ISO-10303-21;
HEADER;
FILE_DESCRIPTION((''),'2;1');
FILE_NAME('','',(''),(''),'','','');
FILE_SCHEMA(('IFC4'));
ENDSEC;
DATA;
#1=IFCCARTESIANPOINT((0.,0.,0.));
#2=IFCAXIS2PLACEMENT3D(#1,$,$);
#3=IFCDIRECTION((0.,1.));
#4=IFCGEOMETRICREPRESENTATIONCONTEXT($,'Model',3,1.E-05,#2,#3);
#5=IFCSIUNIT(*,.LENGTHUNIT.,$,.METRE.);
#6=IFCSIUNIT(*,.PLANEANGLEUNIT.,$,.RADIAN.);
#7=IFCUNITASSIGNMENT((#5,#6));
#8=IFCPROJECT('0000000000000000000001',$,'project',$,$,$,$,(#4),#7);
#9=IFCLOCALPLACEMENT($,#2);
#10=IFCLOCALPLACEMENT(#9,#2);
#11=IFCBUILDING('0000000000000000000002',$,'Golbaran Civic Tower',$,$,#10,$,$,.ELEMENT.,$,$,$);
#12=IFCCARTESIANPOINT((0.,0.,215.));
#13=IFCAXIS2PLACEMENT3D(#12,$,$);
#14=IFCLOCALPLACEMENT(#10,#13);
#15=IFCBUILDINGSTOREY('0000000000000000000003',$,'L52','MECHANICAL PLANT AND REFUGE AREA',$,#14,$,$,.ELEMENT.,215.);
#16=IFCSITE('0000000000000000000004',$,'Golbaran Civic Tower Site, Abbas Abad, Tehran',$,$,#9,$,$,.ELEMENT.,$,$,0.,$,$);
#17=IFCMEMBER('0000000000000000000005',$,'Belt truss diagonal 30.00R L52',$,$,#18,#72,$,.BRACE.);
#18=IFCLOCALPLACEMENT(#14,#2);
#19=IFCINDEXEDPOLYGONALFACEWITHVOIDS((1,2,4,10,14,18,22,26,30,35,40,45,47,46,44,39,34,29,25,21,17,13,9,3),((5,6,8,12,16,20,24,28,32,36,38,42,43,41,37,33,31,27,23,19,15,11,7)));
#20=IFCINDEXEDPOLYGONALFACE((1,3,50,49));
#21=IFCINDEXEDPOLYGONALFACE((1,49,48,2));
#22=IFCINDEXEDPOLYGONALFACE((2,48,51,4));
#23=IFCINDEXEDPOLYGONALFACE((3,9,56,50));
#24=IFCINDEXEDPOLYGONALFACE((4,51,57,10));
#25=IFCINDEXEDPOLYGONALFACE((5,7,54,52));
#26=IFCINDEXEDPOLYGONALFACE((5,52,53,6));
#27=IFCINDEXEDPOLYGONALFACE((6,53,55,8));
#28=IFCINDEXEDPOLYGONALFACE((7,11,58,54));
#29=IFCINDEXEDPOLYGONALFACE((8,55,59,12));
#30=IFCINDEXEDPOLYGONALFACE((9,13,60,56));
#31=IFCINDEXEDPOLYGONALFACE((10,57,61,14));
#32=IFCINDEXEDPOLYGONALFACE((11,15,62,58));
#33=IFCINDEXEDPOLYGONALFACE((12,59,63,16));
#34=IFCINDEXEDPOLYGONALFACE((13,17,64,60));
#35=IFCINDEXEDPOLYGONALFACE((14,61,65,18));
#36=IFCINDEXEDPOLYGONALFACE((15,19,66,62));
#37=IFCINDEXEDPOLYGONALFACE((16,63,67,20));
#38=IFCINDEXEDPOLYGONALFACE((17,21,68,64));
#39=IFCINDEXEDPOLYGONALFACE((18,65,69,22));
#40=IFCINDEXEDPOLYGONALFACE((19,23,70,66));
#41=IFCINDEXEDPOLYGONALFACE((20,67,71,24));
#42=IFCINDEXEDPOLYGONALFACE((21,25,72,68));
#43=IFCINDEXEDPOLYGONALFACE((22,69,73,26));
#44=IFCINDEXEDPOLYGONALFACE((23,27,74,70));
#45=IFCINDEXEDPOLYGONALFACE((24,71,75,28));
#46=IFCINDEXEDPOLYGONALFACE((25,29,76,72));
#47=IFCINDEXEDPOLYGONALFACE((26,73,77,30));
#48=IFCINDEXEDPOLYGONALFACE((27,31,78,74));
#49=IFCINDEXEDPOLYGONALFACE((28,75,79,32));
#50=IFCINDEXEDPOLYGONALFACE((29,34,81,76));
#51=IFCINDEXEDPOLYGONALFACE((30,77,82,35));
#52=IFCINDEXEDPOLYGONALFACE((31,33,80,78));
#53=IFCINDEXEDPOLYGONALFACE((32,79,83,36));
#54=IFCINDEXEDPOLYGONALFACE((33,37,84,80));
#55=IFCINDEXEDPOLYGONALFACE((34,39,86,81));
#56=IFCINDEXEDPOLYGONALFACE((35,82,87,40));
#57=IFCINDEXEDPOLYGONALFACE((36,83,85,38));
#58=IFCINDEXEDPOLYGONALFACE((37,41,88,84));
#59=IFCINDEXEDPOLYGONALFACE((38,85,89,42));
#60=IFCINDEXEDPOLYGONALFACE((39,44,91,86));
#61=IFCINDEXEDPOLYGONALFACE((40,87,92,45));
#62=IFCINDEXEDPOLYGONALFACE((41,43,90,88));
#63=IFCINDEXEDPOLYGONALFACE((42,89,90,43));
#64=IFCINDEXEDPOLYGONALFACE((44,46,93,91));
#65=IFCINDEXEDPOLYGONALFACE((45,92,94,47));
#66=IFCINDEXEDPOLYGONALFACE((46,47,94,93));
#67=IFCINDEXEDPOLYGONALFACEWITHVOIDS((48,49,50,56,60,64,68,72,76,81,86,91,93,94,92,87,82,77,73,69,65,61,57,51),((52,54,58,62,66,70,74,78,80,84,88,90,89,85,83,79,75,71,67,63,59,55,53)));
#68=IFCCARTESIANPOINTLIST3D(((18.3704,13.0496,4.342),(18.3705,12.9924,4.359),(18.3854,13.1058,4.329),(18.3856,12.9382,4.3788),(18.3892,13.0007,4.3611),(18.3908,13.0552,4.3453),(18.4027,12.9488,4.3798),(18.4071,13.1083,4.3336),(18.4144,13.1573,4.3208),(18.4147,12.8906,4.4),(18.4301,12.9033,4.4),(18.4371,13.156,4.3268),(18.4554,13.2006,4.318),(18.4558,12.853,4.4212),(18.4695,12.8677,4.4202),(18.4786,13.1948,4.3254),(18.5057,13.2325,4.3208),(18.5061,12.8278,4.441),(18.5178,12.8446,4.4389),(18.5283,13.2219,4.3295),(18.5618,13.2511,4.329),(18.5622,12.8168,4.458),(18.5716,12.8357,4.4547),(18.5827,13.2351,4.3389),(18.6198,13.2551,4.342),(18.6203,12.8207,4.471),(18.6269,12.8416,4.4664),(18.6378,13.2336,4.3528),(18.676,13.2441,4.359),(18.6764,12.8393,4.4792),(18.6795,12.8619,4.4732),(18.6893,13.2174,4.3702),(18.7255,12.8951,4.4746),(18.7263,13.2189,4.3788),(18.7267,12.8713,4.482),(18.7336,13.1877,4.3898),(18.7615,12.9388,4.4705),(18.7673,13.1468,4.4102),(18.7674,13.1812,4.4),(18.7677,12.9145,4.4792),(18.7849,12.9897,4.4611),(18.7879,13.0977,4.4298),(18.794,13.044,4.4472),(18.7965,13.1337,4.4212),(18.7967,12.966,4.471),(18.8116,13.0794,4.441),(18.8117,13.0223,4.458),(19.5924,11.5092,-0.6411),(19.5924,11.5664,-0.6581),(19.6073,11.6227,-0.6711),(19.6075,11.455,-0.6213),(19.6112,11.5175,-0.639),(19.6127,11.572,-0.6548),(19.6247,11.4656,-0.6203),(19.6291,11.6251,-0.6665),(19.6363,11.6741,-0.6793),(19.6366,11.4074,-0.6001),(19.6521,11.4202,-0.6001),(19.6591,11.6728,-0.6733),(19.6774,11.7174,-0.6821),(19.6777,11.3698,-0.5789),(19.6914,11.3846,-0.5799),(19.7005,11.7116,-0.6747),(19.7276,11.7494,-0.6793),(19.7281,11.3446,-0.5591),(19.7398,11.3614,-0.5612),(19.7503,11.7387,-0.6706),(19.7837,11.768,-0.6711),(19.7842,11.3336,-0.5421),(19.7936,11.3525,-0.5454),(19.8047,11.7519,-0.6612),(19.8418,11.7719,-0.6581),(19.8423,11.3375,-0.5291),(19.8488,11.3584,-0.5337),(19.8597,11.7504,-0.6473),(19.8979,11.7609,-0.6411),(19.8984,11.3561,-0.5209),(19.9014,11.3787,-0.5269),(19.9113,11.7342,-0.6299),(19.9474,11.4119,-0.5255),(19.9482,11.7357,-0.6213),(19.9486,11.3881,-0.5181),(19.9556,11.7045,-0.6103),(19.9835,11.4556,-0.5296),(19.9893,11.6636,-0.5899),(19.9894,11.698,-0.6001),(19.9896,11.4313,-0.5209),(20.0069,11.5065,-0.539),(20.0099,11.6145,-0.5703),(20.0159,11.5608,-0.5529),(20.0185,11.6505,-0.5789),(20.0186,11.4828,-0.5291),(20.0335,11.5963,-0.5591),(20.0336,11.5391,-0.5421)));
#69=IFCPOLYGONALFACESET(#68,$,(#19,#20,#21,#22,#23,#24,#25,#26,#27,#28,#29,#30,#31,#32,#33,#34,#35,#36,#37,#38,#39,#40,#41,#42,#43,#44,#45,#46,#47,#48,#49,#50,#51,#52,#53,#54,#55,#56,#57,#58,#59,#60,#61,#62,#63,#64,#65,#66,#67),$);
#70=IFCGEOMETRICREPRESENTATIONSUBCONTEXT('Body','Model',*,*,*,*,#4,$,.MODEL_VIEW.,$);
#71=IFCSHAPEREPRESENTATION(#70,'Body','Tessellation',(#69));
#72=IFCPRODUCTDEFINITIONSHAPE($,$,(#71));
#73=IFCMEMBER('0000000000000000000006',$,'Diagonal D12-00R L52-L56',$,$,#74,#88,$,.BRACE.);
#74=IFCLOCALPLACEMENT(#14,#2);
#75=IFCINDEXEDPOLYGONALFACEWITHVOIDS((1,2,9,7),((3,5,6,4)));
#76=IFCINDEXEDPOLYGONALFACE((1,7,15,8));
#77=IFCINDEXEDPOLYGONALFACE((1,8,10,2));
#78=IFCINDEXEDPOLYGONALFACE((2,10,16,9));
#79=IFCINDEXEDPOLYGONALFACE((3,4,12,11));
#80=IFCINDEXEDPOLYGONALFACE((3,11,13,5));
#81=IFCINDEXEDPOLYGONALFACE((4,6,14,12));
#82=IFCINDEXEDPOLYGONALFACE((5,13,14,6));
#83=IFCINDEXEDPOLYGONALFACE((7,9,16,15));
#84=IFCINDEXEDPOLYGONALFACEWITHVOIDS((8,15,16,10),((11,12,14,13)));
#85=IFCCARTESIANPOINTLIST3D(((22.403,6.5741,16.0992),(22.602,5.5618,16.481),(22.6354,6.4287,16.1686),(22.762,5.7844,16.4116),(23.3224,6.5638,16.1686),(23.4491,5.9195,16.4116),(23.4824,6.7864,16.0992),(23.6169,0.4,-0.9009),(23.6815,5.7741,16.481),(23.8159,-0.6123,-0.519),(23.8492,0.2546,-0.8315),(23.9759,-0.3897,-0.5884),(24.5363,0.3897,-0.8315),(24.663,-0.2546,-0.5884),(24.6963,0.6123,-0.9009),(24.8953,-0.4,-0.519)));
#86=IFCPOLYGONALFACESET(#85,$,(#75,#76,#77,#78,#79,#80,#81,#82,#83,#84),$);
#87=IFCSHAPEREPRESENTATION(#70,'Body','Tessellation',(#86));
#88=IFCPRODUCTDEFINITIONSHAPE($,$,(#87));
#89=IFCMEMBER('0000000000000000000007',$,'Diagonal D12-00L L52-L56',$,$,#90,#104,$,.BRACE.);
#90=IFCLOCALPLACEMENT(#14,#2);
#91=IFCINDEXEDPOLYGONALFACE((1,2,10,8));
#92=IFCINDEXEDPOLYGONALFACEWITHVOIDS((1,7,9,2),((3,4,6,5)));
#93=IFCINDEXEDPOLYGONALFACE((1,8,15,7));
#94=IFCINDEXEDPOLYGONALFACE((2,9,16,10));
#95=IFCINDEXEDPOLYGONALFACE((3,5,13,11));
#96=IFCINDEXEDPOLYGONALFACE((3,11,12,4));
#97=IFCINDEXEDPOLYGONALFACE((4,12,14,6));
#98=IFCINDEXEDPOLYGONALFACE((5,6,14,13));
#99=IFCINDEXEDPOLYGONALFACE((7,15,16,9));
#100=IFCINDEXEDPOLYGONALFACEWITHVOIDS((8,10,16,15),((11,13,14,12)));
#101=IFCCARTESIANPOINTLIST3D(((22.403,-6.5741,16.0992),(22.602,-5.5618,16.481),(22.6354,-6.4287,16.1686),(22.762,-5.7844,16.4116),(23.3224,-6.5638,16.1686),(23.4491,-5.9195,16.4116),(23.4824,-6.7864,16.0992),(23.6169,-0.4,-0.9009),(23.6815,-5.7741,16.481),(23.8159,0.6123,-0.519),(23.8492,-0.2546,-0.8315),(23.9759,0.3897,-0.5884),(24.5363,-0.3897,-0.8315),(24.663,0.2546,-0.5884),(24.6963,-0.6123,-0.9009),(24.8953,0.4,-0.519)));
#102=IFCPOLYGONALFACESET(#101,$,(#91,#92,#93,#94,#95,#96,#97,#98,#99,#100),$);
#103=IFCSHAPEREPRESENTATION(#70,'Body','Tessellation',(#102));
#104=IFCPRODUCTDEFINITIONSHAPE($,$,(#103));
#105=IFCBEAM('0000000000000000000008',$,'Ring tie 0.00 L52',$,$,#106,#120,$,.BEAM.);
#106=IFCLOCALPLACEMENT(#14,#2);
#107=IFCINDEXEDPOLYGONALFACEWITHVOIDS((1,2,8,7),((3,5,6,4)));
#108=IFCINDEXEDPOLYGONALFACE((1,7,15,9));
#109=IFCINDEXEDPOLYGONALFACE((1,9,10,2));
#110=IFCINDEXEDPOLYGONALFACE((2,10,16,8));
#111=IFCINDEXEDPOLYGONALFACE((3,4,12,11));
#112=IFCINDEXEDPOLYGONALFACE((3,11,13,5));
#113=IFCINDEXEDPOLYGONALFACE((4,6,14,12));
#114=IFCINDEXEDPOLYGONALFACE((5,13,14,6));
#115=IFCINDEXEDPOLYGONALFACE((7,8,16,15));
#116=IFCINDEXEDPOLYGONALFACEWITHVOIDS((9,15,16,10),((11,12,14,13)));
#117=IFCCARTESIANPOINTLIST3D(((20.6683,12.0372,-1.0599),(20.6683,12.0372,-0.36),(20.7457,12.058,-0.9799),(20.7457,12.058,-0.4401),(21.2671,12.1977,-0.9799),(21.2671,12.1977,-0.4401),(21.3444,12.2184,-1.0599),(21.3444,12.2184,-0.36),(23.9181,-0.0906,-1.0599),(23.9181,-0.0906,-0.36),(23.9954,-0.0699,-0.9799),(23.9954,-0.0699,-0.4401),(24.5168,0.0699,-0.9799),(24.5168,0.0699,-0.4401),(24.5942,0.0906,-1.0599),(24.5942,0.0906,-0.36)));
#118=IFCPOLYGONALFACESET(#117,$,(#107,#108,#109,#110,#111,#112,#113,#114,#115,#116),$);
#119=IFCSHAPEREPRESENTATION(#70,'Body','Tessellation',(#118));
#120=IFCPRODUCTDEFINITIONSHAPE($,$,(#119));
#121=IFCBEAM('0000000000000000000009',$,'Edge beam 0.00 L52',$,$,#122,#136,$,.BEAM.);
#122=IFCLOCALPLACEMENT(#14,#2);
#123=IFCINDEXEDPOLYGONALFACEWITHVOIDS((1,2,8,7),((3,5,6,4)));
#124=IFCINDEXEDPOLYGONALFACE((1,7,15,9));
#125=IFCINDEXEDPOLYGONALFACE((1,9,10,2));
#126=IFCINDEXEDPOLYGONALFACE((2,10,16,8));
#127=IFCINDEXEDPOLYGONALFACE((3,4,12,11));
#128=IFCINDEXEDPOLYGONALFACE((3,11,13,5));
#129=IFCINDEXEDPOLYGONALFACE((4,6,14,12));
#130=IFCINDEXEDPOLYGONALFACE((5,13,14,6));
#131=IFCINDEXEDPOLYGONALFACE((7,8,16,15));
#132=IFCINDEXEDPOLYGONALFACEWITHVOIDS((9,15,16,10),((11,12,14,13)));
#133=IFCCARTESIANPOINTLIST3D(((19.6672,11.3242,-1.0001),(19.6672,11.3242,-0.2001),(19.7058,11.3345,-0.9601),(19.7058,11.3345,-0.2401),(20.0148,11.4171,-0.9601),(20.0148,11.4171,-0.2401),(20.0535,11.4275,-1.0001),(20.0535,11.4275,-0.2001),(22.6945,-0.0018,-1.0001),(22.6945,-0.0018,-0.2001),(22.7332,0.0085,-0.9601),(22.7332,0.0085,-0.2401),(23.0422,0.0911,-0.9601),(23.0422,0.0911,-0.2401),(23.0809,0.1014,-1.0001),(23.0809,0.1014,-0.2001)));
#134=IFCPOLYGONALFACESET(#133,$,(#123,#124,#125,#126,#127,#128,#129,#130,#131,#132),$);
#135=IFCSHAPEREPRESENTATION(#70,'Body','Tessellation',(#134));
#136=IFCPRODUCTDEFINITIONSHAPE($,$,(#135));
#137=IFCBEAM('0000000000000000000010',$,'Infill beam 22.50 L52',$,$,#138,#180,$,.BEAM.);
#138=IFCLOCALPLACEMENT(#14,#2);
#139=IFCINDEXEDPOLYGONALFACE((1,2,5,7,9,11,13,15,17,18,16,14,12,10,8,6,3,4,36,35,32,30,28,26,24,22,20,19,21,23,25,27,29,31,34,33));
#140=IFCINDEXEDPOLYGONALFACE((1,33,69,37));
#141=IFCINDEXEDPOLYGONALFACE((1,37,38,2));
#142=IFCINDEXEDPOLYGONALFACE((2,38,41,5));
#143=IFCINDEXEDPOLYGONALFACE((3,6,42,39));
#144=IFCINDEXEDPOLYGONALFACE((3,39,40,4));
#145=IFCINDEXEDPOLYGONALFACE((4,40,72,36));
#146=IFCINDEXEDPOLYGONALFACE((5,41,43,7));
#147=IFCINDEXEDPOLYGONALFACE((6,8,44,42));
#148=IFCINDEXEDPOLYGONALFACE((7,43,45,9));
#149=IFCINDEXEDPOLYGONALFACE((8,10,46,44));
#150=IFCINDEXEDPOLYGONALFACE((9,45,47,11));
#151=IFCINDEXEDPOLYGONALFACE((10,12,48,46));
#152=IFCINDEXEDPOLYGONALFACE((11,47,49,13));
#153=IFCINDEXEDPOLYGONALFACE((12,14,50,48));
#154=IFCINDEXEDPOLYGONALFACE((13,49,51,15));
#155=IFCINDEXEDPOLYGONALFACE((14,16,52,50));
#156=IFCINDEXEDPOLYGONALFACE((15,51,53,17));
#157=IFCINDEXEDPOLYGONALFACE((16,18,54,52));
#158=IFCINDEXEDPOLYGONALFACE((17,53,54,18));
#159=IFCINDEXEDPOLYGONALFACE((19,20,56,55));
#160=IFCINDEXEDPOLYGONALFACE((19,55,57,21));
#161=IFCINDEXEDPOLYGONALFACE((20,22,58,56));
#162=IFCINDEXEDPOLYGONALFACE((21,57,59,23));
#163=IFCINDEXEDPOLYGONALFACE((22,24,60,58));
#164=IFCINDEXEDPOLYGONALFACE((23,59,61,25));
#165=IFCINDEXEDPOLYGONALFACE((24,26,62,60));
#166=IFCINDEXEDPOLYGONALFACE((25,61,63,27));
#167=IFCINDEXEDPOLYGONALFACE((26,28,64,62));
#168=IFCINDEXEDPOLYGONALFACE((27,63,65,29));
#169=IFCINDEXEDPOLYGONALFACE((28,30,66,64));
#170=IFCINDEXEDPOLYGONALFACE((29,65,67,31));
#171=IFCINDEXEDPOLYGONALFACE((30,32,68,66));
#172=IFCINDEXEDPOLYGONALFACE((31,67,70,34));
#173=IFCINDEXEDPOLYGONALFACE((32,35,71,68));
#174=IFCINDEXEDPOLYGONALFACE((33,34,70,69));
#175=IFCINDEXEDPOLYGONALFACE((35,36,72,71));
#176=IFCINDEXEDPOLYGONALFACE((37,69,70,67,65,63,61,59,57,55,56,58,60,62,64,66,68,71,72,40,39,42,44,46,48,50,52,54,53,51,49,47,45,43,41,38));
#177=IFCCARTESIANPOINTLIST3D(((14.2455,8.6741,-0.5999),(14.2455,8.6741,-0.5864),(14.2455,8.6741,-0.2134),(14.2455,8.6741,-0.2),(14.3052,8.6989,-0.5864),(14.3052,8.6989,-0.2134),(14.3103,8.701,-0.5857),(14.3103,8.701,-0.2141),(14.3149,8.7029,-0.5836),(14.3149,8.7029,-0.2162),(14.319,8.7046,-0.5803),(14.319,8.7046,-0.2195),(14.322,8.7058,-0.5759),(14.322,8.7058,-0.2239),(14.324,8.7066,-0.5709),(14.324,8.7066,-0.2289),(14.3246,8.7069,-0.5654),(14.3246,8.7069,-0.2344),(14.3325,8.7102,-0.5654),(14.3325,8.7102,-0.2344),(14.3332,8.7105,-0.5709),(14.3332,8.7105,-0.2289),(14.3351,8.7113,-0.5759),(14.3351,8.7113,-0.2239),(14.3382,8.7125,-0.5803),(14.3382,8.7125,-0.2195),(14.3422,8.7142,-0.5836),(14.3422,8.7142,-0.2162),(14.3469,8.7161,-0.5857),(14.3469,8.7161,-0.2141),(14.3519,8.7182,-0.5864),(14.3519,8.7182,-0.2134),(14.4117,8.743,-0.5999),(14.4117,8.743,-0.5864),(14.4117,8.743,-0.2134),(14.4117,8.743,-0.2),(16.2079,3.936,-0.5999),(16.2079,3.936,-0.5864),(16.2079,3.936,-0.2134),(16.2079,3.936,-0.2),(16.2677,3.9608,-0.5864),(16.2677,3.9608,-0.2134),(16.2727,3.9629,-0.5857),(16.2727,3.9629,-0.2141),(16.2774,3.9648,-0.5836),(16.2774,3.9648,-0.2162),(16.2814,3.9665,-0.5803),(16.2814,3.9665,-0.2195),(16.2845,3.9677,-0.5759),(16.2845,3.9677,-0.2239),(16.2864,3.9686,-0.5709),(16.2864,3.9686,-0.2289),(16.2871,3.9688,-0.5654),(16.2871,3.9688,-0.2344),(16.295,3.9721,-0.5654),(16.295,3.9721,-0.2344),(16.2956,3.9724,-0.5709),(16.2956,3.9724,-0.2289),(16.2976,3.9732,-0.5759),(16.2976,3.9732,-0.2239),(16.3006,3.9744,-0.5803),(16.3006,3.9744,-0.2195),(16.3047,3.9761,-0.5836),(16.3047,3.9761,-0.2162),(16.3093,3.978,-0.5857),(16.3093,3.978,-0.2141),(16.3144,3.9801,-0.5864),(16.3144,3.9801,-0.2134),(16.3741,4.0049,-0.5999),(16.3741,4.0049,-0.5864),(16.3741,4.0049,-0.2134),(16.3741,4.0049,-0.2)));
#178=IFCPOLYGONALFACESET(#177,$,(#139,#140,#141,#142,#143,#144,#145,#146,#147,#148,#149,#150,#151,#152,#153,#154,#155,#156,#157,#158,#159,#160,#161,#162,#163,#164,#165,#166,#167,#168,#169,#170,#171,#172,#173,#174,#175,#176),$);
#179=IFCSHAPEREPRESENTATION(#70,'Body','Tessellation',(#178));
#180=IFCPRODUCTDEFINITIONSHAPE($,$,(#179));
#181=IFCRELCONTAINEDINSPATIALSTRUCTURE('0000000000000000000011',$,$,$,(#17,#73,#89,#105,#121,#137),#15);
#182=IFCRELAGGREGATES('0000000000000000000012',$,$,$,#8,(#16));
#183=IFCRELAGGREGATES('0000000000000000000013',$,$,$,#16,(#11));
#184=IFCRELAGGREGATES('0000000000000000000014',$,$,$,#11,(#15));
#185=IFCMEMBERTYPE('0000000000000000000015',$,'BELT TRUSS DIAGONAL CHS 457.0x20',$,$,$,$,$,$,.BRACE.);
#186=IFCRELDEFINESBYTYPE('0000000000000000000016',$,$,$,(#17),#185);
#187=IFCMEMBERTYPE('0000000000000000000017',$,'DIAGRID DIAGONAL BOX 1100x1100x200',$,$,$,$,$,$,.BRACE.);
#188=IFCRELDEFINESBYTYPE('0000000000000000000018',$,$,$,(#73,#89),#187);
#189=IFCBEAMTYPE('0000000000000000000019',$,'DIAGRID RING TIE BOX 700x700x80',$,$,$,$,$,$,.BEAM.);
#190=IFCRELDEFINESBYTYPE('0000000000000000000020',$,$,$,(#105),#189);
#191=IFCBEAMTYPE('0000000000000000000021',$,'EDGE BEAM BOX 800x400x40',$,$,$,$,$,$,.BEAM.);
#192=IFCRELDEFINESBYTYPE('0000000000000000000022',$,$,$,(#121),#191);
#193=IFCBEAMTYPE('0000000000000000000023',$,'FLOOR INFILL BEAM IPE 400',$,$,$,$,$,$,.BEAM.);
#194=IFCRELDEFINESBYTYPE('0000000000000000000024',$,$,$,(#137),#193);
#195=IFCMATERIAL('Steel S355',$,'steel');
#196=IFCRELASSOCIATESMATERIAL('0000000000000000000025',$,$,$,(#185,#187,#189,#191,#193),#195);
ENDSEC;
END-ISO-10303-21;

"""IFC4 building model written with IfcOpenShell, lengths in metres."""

from ifc_helpers import new_model, si_unit, direction, frame, origin, origin_2d, place, context, subcontext, project, spatial, hollow_rectangle, hollow_circle, i_section, extrude, material, material_profile, profile_set, type_object, element, save


model = new_model("IFC4")

# Units and contexts
model_context = context("Model", 3, precision=1e-05, world=origin(), true_north=direction((0.0, 1.0)))
body_context = subcontext(model_context, "Body", "Model", "MODEL_VIEW")
ifc_project = project(units=[si_unit("LENGTHUNIT", "METRE"), si_unit("PLANEANGLEUNIT", "RADIAN")], contexts=[model_context])

# Site, building, storey
site_placement = place(None, origin())
site = spatial("IfcSite", under=ifc_project, at=site_placement, Name="Golbaran Civic Tower Site, Abbas Abad, Tehran", CompositionType="ELEMENT", RefElevation=0.0)
building_placement = place(site_placement, origin())
building = spatial("IfcBuilding", under=site, at=building_placement, Name="Golbaran Civic Tower", CompositionType="ELEMENT")
storey_placement = place(building_placement, frame((0.0, 0.0, 215.0)))
storey = spatial("IfcBuildingStorey", under=building, at=storey_placement, Name="L52", Description="MECHANICAL PLANT AND REFUGE AREA", CompositionType="ELEMENT", Elevation=215.0)

# Members
ifc_material_1 = material(Name="Steel S355", Category="steel")
ifc_material_profile_1 = material_profile(ifc_material_1, hollow_circle(Radius=0.2285, WallThickness=0.02, at=origin_2d()), Name="CHS 457.0x20")
ifc_profile_set_1 = profile_set([ifc_material_profile_1], Name="Steel S355")
member_type_1 = type_object("IfcMemberType", Name="BELT TRUSS DIAGONAL CHS 457.0x20", PredefinedType="BRACE", material=ifc_profile_set_1)
member_1_placement = place(storey_placement, frame((19.813, 11.5527, -0.6001), z_axis=(-0.228117, 0.276885, 0.933433), x_axis=(-0.771802, -0.635863, 0.0)))
element("IfcMember", 1, at=member_1_placement, inside=storey, type_object=member_type_1, Name="Belt truss diagonal 30.00R L52", PredefinedType="BRACE", context=body_context, shape_type="SweptSolid", body=[
    extrude(hollow_circle(Radius=0.2285, WallThickness=0.02, at=origin_2d()), origin(), (0.0, 0.0, 1.0), 5.3567),
])
ifc_material_profile_2 = material_profile(ifc_material_1, hollow_rectangle(XDim=1.1001, YDim=1.1001, WallThickness=0.2, at=origin_2d()), Name="BOX 1100x1100x200")
ifc_profile_set_2 = profile_set([ifc_material_profile_2], Name="Steel S355")
member_type_2 = type_object("IfcMemberType", Name="DIAGRID DIAGONAL BOX 1100x1100x200", PredefinedType="BRACE", material=ifc_profile_set_2)
for number, where, z_axis, x_axis, name in (
    (2, (24.2561, 0.0, -0.71), (-0.066964, 0.340599, 0.937821), (-0.981216, -0.192914, 0.0), "Diagonal D12-00R L52-L56"),
    (3, (24.2561, 0.0, -0.71), (-0.066964, -0.340599, 0.937821), (0.981216, -0.192914, 0.0), "Diagonal D12-00L L52-L56"),
):
    element("IfcMember", number, at=place(storey_placement, frame(where, z_axis=z_axis, x_axis=x_axis)), inside=storey, type_object=member_type_2, Name=name, PredefinedType="BRACE", context=body_context, shape_type="SweptSolid", body=[
        extrude(hollow_rectangle(XDim=1.1001, YDim=1.1001, WallThickness=0.2, at=origin_2d()), origin(), (0.0, 0.0, 1.0), 18.1272),
    ])

# Beams
ifc_material_profile_3 = material_profile(ifc_material_1, hollow_rectangle(XDim=0.7, YDim=0.7, WallThickness=0.0801, at=origin_2d()), Name="BOX 700x700x80")
ifc_profile_set_3 = profile_set([ifc_material_profile_3], Name="Steel S355")
beam_type_1 = type_object("IfcBeamType", Name="DIAGRID RING TIE BOX 700x700x80", PredefinedType="BEAM", material=ifc_profile_set_3)
beam_1_placement = place(storey_placement, frame((24.2561, 0.0, -0.71), z_axis=(-0.258826, 0.965924, 0.0), x_axis=(-0.965924, -0.258826, 0.0)))
element("IfcBeam", 4, at=beam_1_placement, inside=storey, type_object=beam_type_1, Name="Ring tie 0.00 L52", PredefinedType="BEAM", context=body_context, shape_type="SweptSolid", body=[
    extrude(hollow_rectangle(XDim=0.7, YDim=0.7, WallThickness=0.0801, at=origin_2d()), origin(), (0.0, 0.0, 1.0), 12.5557),
])
ifc_material_profile_4 = material_profile(ifc_material_1, hollow_rectangle(XDim=0.3999, YDim=0.8, WallThickness=0.04, at=origin_2d()), Name="BOX 800x400x40")
ifc_profile_set_4 = profile_set([ifc_material_profile_4], Name="Steel S355")
beam_type_2 = type_object("IfcBeamType", Name="EDGE BEAM BOX 800x400x40", PredefinedType="BEAM", material=ifc_profile_set_4)
beam_2_placement = place(storey_placement, frame((22.8877, 0.0498, -0.6001), z_axis=(-0.258228, 0.966084, 0.0), x_axis=(-0.966084, -0.258228, 0.0)))
element("IfcBeam", 5, at=beam_2_placement, inside=storey, type_object=beam_type_2, Name="Edge beam 0.00 L52", PredefinedType="BEAM", context=body_context, shape_type="SweptSolid", body=[
    extrude(hollow_rectangle(XDim=0.3999, YDim=0.8, WallThickness=0.04, at=origin_2d()), origin(), (0.0, 0.0, 1.0), 11.7236),
])
ifc_material_profile_5 = material_profile(ifc_material_1, i_section(OverallWidth=0.1799, OverallDepth=0.3999, WebThickness=0.0085, FlangeThickness=0.0134, FilletRadius=0.021, at=origin_2d()), Name="IPE 400")
ifc_profile_set_5 = profile_set([ifc_material_profile_5], Name="Steel S355")
beam_type_3 = type_object("IfcBeamType", Name="FLOOR INFILL BEAM IPE 400", PredefinedType="BEAM", material=ifc_profile_set_5)
beam_3_placement = place(storey_placement, frame((16.291, 3.9705, -0.3999), z_axis=(-0.382657, 0.92389, 0.0), x_axis=(-0.92389, -0.382657, 0.0)))
element("IfcBeam", 6, at=beam_3_placement, inside=storey, type_object=beam_type_3, Name="Infill beam 22.50 L52", PredefinedType="BEAM", context=body_context, shape_type="SweptSolid", body=[
    extrude(i_section(OverallWidth=0.1799, OverallDepth=0.3999, WebThickness=0.0085, FlangeThickness=0.0134, FilletRadius=0.021, at=origin_2d()), origin(), (0.0, 0.0, 1.0), 5.1284),
])

save(model, "model.ifc")
